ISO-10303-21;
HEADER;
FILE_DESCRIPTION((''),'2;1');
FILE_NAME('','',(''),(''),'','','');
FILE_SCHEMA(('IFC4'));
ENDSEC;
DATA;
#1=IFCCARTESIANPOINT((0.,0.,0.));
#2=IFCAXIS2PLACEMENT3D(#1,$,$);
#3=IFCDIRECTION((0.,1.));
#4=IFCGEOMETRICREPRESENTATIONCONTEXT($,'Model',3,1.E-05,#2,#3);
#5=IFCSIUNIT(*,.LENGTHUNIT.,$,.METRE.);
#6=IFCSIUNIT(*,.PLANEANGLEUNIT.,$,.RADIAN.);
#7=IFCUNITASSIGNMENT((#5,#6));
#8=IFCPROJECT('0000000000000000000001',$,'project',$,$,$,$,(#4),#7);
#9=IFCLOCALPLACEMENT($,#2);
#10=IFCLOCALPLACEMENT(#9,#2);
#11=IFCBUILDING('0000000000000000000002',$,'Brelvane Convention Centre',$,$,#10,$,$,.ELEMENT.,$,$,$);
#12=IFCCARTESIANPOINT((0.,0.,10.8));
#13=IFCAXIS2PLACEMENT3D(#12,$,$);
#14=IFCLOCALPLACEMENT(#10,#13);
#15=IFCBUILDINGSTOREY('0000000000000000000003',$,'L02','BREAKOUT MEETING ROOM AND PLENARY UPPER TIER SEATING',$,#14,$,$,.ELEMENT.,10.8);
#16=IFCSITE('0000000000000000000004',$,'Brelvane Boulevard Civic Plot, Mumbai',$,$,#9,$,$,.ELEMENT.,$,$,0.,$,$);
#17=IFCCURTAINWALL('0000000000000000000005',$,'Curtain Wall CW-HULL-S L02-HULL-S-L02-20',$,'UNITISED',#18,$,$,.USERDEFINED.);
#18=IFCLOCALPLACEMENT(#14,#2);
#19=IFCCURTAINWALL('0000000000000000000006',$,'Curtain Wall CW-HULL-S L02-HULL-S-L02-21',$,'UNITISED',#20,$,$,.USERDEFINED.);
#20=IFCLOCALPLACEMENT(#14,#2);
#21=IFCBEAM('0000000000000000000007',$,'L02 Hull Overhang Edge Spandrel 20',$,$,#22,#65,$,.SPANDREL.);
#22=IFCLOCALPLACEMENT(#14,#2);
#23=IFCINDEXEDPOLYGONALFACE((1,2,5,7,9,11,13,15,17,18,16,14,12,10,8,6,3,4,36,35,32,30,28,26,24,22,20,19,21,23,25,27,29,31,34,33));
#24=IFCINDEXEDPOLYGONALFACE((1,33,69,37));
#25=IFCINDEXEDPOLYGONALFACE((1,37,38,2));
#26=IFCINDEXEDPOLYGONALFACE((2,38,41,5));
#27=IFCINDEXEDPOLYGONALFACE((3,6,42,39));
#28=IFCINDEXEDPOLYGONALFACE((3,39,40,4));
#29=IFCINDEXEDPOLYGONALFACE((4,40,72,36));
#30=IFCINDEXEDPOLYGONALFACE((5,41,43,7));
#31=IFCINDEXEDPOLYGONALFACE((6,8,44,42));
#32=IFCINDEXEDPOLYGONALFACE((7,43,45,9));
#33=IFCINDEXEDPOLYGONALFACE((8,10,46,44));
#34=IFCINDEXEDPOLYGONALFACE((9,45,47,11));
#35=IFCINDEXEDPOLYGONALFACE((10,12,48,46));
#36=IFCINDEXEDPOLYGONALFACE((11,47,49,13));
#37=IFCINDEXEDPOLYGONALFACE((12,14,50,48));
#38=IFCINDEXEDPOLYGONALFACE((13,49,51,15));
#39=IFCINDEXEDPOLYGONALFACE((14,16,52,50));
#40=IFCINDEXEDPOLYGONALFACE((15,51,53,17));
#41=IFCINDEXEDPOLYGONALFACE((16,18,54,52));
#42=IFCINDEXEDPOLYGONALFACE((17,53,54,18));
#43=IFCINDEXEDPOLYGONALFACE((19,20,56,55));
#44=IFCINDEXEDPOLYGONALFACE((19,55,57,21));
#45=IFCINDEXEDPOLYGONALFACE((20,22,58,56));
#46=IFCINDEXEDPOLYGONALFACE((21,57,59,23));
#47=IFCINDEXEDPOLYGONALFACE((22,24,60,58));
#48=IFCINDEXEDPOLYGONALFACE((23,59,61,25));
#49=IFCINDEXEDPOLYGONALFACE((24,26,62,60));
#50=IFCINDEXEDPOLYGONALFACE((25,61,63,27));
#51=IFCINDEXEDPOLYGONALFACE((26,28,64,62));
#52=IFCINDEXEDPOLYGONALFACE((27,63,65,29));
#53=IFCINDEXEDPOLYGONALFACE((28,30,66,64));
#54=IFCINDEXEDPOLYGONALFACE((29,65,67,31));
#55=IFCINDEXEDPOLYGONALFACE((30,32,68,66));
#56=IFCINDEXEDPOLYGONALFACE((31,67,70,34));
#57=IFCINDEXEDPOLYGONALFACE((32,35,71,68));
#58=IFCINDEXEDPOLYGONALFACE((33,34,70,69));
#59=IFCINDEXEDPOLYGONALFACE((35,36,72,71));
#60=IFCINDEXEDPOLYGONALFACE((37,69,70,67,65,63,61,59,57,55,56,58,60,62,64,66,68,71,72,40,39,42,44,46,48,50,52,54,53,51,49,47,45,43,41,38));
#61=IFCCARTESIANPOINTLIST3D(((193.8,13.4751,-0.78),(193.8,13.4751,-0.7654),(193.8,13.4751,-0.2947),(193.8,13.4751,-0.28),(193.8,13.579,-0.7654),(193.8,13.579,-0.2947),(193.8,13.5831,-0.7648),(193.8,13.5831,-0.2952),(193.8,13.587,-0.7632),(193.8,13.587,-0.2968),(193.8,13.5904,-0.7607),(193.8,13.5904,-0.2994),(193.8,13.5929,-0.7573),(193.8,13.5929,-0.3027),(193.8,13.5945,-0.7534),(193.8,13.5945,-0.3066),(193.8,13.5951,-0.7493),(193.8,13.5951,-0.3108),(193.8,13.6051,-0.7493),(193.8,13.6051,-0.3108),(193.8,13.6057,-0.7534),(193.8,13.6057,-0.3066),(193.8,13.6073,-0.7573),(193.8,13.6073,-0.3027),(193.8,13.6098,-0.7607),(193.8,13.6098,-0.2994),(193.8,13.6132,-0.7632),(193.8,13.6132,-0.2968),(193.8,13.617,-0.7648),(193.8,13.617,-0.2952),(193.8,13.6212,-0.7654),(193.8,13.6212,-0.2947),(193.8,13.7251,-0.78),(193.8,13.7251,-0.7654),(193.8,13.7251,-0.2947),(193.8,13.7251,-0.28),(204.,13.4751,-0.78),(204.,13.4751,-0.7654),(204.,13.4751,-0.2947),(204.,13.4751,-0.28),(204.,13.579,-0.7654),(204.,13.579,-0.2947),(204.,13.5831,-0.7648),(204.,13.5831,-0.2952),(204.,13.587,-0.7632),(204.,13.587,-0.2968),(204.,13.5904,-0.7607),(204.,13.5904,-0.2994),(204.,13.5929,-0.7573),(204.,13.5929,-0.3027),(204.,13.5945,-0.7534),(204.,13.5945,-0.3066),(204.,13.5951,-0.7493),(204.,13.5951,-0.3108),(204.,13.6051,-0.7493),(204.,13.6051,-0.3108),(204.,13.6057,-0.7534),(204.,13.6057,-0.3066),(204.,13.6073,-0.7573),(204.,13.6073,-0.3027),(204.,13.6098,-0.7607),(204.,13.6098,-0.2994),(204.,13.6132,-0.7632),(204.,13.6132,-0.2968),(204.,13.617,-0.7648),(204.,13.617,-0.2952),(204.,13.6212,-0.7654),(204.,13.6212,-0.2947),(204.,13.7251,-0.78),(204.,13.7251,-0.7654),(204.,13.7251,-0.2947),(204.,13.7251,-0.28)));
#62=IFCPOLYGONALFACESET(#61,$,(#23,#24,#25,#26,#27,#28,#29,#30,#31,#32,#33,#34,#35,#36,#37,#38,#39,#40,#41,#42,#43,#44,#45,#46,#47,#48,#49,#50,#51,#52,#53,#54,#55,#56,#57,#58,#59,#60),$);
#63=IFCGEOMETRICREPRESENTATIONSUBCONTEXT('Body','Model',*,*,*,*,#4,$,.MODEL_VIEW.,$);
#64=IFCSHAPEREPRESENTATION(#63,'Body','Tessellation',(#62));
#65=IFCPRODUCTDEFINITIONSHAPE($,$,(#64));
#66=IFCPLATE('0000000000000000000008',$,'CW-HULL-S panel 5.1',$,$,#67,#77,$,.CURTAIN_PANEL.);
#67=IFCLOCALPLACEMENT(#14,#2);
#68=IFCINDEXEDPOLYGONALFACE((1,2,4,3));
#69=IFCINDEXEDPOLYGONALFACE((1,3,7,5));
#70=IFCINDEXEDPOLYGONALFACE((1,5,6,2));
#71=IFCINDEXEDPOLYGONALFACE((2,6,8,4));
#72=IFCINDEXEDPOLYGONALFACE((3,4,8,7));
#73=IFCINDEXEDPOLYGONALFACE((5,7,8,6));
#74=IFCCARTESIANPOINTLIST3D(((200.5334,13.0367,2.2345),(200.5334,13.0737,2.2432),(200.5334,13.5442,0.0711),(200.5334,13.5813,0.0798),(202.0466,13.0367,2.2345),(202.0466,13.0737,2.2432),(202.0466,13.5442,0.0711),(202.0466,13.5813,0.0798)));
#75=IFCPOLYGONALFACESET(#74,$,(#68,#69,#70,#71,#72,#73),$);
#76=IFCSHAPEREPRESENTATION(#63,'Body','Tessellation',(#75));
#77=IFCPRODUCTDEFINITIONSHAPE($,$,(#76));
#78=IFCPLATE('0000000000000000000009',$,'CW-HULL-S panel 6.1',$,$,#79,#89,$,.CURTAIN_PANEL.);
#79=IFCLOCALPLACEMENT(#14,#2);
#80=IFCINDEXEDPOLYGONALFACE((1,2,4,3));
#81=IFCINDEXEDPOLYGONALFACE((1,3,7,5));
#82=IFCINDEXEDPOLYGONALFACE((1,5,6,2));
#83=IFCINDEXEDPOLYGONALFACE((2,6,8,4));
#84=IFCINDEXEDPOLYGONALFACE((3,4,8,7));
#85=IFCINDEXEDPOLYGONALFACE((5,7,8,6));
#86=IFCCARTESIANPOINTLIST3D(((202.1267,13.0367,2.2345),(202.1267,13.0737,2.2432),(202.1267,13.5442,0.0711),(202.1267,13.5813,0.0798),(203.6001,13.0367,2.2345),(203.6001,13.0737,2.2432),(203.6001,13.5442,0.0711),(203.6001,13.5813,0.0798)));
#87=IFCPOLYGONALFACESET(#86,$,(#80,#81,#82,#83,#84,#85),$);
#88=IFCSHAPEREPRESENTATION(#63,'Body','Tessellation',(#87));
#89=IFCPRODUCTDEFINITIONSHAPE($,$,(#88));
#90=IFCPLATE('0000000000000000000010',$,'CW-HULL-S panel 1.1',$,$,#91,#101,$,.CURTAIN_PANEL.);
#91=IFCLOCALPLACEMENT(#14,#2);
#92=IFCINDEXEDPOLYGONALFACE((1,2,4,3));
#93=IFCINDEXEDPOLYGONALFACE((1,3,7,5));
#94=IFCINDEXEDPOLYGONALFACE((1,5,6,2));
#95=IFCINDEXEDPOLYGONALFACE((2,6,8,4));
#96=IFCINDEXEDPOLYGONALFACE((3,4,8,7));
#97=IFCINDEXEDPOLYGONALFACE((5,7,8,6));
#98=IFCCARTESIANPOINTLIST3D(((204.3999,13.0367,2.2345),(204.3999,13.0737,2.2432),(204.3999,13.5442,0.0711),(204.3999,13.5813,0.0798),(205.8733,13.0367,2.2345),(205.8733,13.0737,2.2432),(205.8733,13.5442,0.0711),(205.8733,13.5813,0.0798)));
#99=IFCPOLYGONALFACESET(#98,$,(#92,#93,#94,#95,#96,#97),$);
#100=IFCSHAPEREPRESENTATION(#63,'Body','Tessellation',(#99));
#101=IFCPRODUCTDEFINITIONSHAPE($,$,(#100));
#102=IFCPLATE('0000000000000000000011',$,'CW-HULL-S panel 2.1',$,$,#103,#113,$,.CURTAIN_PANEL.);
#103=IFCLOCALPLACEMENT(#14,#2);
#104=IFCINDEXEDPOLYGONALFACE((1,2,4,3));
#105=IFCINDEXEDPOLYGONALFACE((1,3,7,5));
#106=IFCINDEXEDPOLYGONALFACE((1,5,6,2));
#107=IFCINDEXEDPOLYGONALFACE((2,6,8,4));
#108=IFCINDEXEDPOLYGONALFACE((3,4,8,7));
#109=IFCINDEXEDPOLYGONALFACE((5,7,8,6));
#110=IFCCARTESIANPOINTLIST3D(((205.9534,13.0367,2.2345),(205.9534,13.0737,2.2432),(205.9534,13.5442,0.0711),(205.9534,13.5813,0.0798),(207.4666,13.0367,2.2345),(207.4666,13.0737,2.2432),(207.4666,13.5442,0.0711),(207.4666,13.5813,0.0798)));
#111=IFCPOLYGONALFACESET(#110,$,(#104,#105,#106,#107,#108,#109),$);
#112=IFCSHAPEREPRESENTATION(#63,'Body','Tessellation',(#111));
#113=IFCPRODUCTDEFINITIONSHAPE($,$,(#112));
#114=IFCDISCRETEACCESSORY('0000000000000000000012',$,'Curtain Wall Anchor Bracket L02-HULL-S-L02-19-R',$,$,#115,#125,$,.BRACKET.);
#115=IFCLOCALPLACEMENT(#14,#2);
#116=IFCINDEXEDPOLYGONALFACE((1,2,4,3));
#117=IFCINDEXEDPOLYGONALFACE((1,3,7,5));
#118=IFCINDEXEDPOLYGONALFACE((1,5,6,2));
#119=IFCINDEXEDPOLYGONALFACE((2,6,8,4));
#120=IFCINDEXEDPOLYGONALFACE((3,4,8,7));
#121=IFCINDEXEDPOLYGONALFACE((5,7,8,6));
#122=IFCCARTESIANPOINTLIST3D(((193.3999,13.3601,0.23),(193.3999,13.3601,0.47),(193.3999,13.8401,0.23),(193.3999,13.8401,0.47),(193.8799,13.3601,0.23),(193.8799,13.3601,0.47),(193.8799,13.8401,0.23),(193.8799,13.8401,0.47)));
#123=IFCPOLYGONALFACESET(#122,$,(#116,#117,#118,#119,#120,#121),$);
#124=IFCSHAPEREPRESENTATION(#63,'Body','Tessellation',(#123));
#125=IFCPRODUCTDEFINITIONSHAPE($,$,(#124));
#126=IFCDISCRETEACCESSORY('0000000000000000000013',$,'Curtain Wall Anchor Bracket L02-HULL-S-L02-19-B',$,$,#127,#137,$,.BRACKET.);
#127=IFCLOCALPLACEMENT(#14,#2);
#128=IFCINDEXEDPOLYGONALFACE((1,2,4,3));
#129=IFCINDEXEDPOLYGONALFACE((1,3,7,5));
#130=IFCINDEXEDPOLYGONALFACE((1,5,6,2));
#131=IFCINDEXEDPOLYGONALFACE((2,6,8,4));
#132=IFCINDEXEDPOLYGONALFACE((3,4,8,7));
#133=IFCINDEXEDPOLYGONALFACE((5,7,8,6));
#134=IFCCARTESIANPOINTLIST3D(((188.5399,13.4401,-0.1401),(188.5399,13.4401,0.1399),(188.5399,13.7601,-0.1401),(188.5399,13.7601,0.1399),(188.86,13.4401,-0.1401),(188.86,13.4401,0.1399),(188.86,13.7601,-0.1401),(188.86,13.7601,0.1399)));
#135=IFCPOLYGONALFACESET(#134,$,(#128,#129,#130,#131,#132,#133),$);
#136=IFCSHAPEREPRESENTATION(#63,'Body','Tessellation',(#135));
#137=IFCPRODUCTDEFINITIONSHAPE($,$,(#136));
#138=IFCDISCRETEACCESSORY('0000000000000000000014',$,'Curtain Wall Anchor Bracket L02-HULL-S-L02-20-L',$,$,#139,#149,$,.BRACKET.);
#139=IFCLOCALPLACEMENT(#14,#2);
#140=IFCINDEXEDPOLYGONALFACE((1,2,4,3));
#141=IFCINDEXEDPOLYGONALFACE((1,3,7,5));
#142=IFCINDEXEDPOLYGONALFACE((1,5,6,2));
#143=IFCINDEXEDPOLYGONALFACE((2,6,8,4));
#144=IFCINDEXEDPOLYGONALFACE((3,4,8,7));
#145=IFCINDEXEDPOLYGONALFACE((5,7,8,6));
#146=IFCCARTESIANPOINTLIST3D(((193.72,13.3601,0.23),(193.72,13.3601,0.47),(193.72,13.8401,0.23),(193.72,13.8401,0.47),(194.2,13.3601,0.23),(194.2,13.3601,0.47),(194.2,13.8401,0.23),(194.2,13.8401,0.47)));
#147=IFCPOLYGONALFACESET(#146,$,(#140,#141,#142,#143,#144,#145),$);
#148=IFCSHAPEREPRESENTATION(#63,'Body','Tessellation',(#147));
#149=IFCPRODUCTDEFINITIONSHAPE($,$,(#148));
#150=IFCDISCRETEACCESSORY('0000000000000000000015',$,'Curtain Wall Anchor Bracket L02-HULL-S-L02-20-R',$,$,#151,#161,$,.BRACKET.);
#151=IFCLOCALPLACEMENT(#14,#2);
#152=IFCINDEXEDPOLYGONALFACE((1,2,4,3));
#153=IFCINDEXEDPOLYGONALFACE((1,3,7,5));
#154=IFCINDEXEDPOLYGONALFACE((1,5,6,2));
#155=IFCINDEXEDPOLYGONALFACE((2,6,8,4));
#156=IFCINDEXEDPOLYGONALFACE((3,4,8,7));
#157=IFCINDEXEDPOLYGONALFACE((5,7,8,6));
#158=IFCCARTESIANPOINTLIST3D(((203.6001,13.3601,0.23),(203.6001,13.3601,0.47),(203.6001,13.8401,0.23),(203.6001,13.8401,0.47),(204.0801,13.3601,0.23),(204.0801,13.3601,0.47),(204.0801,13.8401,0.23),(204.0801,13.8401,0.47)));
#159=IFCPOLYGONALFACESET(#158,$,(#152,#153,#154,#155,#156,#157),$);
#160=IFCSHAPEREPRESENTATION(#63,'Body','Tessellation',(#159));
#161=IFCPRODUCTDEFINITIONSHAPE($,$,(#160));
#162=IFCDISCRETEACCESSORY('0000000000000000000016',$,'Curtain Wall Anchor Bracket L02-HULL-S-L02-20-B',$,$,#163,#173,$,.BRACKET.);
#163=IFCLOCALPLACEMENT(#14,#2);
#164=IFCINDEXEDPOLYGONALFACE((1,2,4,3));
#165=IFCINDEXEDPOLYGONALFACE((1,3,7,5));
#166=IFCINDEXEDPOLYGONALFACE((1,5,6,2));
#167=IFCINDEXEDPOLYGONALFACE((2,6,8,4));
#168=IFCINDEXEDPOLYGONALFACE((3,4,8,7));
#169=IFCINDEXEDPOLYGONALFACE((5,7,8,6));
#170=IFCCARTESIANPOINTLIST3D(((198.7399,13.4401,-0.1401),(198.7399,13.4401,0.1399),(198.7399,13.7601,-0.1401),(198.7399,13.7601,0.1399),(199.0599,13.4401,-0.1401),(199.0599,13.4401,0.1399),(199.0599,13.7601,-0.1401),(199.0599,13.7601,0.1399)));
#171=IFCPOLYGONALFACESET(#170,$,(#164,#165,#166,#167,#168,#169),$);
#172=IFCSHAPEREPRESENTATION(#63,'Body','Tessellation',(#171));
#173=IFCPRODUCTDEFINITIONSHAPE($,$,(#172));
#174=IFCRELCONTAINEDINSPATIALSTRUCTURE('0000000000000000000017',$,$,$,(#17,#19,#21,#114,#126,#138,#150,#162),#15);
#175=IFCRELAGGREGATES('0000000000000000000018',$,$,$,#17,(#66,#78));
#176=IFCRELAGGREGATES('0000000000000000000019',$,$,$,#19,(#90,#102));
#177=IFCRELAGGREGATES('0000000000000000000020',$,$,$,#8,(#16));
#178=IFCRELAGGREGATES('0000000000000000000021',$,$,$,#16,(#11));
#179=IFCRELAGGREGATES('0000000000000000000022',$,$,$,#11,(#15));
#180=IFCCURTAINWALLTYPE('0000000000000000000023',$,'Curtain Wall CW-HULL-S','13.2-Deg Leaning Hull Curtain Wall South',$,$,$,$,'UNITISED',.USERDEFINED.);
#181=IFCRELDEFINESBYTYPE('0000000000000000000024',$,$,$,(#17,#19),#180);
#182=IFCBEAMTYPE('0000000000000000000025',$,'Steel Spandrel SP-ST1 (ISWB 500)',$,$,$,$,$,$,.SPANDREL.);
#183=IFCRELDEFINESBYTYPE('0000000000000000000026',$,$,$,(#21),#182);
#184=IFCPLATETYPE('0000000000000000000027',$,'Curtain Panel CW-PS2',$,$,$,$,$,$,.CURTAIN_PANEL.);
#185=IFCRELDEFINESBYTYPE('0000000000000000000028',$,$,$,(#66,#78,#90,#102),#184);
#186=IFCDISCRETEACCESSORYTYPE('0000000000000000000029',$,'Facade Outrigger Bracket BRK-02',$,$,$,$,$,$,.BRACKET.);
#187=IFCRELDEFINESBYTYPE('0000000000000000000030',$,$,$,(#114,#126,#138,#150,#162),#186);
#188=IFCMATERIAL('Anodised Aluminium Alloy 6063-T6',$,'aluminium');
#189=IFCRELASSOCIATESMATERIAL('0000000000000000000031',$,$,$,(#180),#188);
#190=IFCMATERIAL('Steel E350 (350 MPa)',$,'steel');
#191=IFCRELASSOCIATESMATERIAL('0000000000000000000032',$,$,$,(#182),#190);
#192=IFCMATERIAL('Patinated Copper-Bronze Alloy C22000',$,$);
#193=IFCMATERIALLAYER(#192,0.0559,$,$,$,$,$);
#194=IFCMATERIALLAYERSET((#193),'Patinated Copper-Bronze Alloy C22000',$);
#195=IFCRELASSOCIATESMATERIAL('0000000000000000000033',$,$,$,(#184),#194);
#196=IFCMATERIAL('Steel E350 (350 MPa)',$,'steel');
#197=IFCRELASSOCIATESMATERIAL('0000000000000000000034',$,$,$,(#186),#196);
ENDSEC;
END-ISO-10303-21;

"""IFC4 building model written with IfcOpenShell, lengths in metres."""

from ifc_helpers import new_model, si_unit, direction, frame, origin, origin_2d, place, context, subcontext, project, spatial, polyline, rectangle, i_section, outline, extrude, material, layer, layer_set, material_profile, profile_set, type_object, element, aggregate, save


model = new_model("IFC4")

# Units and contexts
model_context = context("Model", 3, precision=1e-05, world=origin(), true_north=direction((0.0, 1.0)))
body_context = subcontext(model_context, "Body", "Model", "MODEL_VIEW")
ifc_project = project(units=[si_unit("LENGTHUNIT", "METRE"), si_unit("PLANEANGLEUNIT", "RADIAN")], contexts=[model_context])

# Site, building, storey
site_placement = place(None, origin())
site = spatial("IfcSite", under=ifc_project, at=site_placement, Name="Brelvane Boulevard Civic Plot, Mumbai", CompositionType="ELEMENT", RefElevation=0.0)
building_placement = place(site_placement, origin())
building = spatial("IfcBuilding", under=site, at=building_placement, Name="Brelvane Convention Centre", CompositionType="ELEMENT")
storey_placement = place(building_placement, frame((0.0, 0.0, 10.8)))
storey = spatial("IfcBuildingStorey", under=building, at=storey_placement, Name="L02", Description="BREAKOUT MEETING ROOM AND PLENARY UPPER TIER SEATING", CompositionType="ELEMENT", Elevation=10.8)

# Curtain wall
ifc_material_1 = material(Name="Anodised Aluminium Alloy 6063-T6", Category="aluminium")
curtain_wall_type = type_object("IfcCurtainWallType", Name="Curtain Wall CW-HULL-S", Description="13.2-Deg Leaning Hull Curtain Wall South", ElementType="UNITISED", PredefinedType="USERDEFINED", material=ifc_material_1)
curtain_wall_1_placement = place(storey_placement, origin())
curtain_wall_1 = element("IfcCurtainWall", 1, at=curtain_wall_1_placement, inside=storey, type_object=curtain_wall_type, Name="Curtain Wall CW-HULL-S L02-HULL-S-L02-20", ObjectType="UNITISED", PredefinedType="USERDEFINED")

# Curtain wall
curtain_wall_2_placement = place(storey_placement, origin())
curtain_wall_2 = element("IfcCurtainWall", 2, at=curtain_wall_2_placement, inside=storey, type_object=curtain_wall_type, Name="Curtain Wall CW-HULL-S L02-HULL-S-L02-21", ObjectType="UNITISED", PredefinedType="USERDEFINED")

# Beam
ifc_material_2 = material(Name="Steel E350 (350 MPa)", Category="steel")
ifc_material_profile_1 = material_profile(ifc_material_2, i_section(OverallWidth=0.25, OverallDepth=0.5, WebThickness=0.01, FlangeThickness=0.0146, FilletRadius=0.0161, at=origin_2d()), Name="ISWB 500")
ifc_profile_set_1 = profile_set([ifc_material_profile_1], Name="Steel E350 (350 MPa)")
beam_type_1 = type_object("IfcBeamType", Name="Steel Spandrel SP-ST1 (ISWB 500)", PredefinedType="SPANDREL", material=ifc_profile_set_1)
beam_placement = place(storey_placement, frame((193.8, 13.6001, -0.53), z_axis=(1.0, 0.0, 0.0), x_axis=(0.0, 1.0, 0.0)))
element("IfcBeam", 3, at=beam_placement, inside=storey, type_object=beam_type_1, Name="L02 Hull Overhang Edge Spandrel 20", PredefinedType="SPANDREL", context=body_context, shape_type="SweptSolid", body=[
    extrude(i_section(OverallWidth=0.25, OverallDepth=0.5, WebThickness=0.01, FlangeThickness=0.0146, FilletRadius=0.0161, at=origin_2d()), origin(), (0.0, 0.0, 1.0), 10.2),
])

# Plates
ifc_material_3 = material(Name="Patinated Copper-Bronze Alloy C22000")
ifc_layer = layer(ifc_material_3, 0.0559)
ifc_layer_set = layer_set([ifc_layer], Name="Patinated Copper-Bronze Alloy C22000")
plate_type = type_object("IfcPlateType", Name="Curtain Panel CW-PS2", PredefinedType="CURTAIN_PANEL", material=ifc_layer_set)
plate_1_placement = place(storey_placement, frame((200.5334, 13.5813, 0.0798), z_axis=(0.0, 0.973563, 0.228421), x_axis=(1.0, 0.0, 0.0)))
plate_1 = element("IfcPlate", 4, at=plate_1_placement, type_object=plate_type, Name="CW-HULL-S panel 5.1", PredefinedType="CURTAIN_PANEL", context=body_context, shape_type="SweptSolid", body=[
    extrude(outline(polyline([(0.0, 0.0), (1.5132, 0.0), (1.5132, -2.2221), (0.0, -2.2221), (0.0, 0.0)])), origin(), (0.0, 0.0, -1.0), 0.0381),
])
plate_2_placement = place(storey_placement, frame((202.1267, 13.5813, 0.0798), z_axis=(0.0, 0.973563, 0.228421), x_axis=(1.0, 0.0, 0.0)))
plate_2 = element("IfcPlate", 5, at=plate_2_placement, type_object=plate_type, Name="CW-HULL-S panel 6.1", PredefinedType="CURTAIN_PANEL", context=body_context, shape_type="SweptSolid", body=[
    extrude(outline(polyline([(0.0, 0.0), (1.4734, 0.0), (1.4734, -2.2221), (0.0, -2.2221), (0.0, 0.0)])), origin(), (0.0, 0.0, -1.0), 0.0381),
])
aggregate(curtain_wall_1, [plate_1, plate_2])
plate_3_placement = place(storey_placement, frame((204.3999, 13.5813, 0.0798), z_axis=(0.0, 0.973563, 0.228421), x_axis=(1.0, 0.0, 0.0)))
plate_3 = element("IfcPlate", 6, at=plate_3_placement, type_object=plate_type, Name="CW-HULL-S panel 1.1", PredefinedType="CURTAIN_PANEL", context=body_context, shape_type="SweptSolid", body=[
    extrude(outline(polyline([(0.0, 0.0), (1.4734, 0.0), (1.4734, -2.2221), (0.0, -2.2221), (0.0, 0.0)])), origin(), (0.0, 0.0, -1.0), 0.0381),
])
plate_4_placement = place(storey_placement, frame((205.9534, 13.5813, 0.0798), z_axis=(0.0, 0.973563, 0.228421), x_axis=(1.0, 0.0, 0.0)))
plate_4 = element("IfcPlate", 7, at=plate_4_placement, type_object=plate_type, Name="CW-HULL-S panel 2.1", PredefinedType="CURTAIN_PANEL", context=body_context, shape_type="SweptSolid", body=[
    extrude(outline(polyline([(0.0, 0.0), (1.5132, 0.0), (1.5132, -2.2221), (0.0, -2.2221), (0.0, 0.0)])), origin(), (0.0, 0.0, -1.0), 0.0381),
])
aggregate(curtain_wall_2, [plate_3, plate_4])

# Discrete accessories
ifc_material_4 = material(Name="Steel E350 (350 MPa)", Category="steel")
discrete_accessory_type = type_object("IfcDiscreteAccessoryType", Name="Facade Outrigger Bracket BRK-02", PredefinedType="BRACKET", material=ifc_material_4)
discrete_accessory_1_placement = place(storey_placement, frame((193.6399, 13.6001, 0.23), z_axis=(0.0, 0.0, 1.0), x_axis=(1.0, 0.0, 0.0)))
element("IfcDiscreteAccessory", 8, at=discrete_accessory_1_placement, inside=storey, type_object=discrete_accessory_type, Name="Curtain Wall Anchor Bracket L02-HULL-S-L02-19-R", PredefinedType="BRACKET", context=body_context, shape_type="SweptSolid", body=[
    extrude(rectangle(XDim=0.48, YDim=0.48, at=origin_2d()), origin(), (0.0, 0.0, 1.0), 0.24),
])
discrete_accessory_2_placement = place(storey_placement, frame((188.7, 13.6001, -0.1401), z_axis=(0.0, 0.0, 1.0), x_axis=(1.0, 0.0, 0.0)))
element("IfcDiscreteAccessory", 9, at=discrete_accessory_2_placement, inside=storey, type_object=discrete_accessory_type, Name="Curtain Wall Anchor Bracket L02-HULL-S-L02-19-B", PredefinedType="BRACKET", context=body_context, shape_type="SweptSolid", body=[
    extrude(rectangle(XDim=0.3201, YDim=0.3201, at=origin_2d()), origin(), (0.0, 0.0, 1.0), 0.28),
])
for number, where, z_axis, x_axis, name in (
    (10, (193.96, 13.6001, 0.23), (0.0, 0.0, 1.0), (1.0, 0.0, 0.0), "Curtain Wall Anchor Bracket L02-HULL-S-L02-20-L"),
    (11, (203.8401, 13.6001, 0.23), (0.0, 0.0, 1.0), (1.0, 0.0, 0.0), "Curtain Wall Anchor Bracket L02-HULL-S-L02-20-R"),
):
    element("IfcDiscreteAccessory", number, at=place(storey_placement, frame(where, z_axis=z_axis, x_axis=x_axis)), inside=storey, type_object=discrete_accessory_type, Name=name, PredefinedType="BRACKET", context=body_context, shape_type="SweptSolid", body=[
        extrude(rectangle(XDim=0.48, YDim=0.48, at=origin_2d()), origin(), (0.0, 0.0, 1.0), 0.24),
    ])
discrete_accessory_3_placement = place(storey_placement, frame((198.8999, 13.6001, -0.1401), z_axis=(0.0, 0.0, 1.0), x_axis=(1.0, 0.0, 0.0)))
element("IfcDiscreteAccessory", 12, at=discrete_accessory_3_placement, inside=storey, type_object=discrete_accessory_type, Name="Curtain Wall Anchor Bracket L02-HULL-S-L02-20-B", PredefinedType="BRACKET", context=body_context, shape_type="SweptSolid", body=[
    extrude(rectangle(XDim=0.3201, YDim=0.3201, at=origin_2d()), origin(), (0.0, 0.0, 1.0), 0.28),
])

save(model, "model.ifc")
